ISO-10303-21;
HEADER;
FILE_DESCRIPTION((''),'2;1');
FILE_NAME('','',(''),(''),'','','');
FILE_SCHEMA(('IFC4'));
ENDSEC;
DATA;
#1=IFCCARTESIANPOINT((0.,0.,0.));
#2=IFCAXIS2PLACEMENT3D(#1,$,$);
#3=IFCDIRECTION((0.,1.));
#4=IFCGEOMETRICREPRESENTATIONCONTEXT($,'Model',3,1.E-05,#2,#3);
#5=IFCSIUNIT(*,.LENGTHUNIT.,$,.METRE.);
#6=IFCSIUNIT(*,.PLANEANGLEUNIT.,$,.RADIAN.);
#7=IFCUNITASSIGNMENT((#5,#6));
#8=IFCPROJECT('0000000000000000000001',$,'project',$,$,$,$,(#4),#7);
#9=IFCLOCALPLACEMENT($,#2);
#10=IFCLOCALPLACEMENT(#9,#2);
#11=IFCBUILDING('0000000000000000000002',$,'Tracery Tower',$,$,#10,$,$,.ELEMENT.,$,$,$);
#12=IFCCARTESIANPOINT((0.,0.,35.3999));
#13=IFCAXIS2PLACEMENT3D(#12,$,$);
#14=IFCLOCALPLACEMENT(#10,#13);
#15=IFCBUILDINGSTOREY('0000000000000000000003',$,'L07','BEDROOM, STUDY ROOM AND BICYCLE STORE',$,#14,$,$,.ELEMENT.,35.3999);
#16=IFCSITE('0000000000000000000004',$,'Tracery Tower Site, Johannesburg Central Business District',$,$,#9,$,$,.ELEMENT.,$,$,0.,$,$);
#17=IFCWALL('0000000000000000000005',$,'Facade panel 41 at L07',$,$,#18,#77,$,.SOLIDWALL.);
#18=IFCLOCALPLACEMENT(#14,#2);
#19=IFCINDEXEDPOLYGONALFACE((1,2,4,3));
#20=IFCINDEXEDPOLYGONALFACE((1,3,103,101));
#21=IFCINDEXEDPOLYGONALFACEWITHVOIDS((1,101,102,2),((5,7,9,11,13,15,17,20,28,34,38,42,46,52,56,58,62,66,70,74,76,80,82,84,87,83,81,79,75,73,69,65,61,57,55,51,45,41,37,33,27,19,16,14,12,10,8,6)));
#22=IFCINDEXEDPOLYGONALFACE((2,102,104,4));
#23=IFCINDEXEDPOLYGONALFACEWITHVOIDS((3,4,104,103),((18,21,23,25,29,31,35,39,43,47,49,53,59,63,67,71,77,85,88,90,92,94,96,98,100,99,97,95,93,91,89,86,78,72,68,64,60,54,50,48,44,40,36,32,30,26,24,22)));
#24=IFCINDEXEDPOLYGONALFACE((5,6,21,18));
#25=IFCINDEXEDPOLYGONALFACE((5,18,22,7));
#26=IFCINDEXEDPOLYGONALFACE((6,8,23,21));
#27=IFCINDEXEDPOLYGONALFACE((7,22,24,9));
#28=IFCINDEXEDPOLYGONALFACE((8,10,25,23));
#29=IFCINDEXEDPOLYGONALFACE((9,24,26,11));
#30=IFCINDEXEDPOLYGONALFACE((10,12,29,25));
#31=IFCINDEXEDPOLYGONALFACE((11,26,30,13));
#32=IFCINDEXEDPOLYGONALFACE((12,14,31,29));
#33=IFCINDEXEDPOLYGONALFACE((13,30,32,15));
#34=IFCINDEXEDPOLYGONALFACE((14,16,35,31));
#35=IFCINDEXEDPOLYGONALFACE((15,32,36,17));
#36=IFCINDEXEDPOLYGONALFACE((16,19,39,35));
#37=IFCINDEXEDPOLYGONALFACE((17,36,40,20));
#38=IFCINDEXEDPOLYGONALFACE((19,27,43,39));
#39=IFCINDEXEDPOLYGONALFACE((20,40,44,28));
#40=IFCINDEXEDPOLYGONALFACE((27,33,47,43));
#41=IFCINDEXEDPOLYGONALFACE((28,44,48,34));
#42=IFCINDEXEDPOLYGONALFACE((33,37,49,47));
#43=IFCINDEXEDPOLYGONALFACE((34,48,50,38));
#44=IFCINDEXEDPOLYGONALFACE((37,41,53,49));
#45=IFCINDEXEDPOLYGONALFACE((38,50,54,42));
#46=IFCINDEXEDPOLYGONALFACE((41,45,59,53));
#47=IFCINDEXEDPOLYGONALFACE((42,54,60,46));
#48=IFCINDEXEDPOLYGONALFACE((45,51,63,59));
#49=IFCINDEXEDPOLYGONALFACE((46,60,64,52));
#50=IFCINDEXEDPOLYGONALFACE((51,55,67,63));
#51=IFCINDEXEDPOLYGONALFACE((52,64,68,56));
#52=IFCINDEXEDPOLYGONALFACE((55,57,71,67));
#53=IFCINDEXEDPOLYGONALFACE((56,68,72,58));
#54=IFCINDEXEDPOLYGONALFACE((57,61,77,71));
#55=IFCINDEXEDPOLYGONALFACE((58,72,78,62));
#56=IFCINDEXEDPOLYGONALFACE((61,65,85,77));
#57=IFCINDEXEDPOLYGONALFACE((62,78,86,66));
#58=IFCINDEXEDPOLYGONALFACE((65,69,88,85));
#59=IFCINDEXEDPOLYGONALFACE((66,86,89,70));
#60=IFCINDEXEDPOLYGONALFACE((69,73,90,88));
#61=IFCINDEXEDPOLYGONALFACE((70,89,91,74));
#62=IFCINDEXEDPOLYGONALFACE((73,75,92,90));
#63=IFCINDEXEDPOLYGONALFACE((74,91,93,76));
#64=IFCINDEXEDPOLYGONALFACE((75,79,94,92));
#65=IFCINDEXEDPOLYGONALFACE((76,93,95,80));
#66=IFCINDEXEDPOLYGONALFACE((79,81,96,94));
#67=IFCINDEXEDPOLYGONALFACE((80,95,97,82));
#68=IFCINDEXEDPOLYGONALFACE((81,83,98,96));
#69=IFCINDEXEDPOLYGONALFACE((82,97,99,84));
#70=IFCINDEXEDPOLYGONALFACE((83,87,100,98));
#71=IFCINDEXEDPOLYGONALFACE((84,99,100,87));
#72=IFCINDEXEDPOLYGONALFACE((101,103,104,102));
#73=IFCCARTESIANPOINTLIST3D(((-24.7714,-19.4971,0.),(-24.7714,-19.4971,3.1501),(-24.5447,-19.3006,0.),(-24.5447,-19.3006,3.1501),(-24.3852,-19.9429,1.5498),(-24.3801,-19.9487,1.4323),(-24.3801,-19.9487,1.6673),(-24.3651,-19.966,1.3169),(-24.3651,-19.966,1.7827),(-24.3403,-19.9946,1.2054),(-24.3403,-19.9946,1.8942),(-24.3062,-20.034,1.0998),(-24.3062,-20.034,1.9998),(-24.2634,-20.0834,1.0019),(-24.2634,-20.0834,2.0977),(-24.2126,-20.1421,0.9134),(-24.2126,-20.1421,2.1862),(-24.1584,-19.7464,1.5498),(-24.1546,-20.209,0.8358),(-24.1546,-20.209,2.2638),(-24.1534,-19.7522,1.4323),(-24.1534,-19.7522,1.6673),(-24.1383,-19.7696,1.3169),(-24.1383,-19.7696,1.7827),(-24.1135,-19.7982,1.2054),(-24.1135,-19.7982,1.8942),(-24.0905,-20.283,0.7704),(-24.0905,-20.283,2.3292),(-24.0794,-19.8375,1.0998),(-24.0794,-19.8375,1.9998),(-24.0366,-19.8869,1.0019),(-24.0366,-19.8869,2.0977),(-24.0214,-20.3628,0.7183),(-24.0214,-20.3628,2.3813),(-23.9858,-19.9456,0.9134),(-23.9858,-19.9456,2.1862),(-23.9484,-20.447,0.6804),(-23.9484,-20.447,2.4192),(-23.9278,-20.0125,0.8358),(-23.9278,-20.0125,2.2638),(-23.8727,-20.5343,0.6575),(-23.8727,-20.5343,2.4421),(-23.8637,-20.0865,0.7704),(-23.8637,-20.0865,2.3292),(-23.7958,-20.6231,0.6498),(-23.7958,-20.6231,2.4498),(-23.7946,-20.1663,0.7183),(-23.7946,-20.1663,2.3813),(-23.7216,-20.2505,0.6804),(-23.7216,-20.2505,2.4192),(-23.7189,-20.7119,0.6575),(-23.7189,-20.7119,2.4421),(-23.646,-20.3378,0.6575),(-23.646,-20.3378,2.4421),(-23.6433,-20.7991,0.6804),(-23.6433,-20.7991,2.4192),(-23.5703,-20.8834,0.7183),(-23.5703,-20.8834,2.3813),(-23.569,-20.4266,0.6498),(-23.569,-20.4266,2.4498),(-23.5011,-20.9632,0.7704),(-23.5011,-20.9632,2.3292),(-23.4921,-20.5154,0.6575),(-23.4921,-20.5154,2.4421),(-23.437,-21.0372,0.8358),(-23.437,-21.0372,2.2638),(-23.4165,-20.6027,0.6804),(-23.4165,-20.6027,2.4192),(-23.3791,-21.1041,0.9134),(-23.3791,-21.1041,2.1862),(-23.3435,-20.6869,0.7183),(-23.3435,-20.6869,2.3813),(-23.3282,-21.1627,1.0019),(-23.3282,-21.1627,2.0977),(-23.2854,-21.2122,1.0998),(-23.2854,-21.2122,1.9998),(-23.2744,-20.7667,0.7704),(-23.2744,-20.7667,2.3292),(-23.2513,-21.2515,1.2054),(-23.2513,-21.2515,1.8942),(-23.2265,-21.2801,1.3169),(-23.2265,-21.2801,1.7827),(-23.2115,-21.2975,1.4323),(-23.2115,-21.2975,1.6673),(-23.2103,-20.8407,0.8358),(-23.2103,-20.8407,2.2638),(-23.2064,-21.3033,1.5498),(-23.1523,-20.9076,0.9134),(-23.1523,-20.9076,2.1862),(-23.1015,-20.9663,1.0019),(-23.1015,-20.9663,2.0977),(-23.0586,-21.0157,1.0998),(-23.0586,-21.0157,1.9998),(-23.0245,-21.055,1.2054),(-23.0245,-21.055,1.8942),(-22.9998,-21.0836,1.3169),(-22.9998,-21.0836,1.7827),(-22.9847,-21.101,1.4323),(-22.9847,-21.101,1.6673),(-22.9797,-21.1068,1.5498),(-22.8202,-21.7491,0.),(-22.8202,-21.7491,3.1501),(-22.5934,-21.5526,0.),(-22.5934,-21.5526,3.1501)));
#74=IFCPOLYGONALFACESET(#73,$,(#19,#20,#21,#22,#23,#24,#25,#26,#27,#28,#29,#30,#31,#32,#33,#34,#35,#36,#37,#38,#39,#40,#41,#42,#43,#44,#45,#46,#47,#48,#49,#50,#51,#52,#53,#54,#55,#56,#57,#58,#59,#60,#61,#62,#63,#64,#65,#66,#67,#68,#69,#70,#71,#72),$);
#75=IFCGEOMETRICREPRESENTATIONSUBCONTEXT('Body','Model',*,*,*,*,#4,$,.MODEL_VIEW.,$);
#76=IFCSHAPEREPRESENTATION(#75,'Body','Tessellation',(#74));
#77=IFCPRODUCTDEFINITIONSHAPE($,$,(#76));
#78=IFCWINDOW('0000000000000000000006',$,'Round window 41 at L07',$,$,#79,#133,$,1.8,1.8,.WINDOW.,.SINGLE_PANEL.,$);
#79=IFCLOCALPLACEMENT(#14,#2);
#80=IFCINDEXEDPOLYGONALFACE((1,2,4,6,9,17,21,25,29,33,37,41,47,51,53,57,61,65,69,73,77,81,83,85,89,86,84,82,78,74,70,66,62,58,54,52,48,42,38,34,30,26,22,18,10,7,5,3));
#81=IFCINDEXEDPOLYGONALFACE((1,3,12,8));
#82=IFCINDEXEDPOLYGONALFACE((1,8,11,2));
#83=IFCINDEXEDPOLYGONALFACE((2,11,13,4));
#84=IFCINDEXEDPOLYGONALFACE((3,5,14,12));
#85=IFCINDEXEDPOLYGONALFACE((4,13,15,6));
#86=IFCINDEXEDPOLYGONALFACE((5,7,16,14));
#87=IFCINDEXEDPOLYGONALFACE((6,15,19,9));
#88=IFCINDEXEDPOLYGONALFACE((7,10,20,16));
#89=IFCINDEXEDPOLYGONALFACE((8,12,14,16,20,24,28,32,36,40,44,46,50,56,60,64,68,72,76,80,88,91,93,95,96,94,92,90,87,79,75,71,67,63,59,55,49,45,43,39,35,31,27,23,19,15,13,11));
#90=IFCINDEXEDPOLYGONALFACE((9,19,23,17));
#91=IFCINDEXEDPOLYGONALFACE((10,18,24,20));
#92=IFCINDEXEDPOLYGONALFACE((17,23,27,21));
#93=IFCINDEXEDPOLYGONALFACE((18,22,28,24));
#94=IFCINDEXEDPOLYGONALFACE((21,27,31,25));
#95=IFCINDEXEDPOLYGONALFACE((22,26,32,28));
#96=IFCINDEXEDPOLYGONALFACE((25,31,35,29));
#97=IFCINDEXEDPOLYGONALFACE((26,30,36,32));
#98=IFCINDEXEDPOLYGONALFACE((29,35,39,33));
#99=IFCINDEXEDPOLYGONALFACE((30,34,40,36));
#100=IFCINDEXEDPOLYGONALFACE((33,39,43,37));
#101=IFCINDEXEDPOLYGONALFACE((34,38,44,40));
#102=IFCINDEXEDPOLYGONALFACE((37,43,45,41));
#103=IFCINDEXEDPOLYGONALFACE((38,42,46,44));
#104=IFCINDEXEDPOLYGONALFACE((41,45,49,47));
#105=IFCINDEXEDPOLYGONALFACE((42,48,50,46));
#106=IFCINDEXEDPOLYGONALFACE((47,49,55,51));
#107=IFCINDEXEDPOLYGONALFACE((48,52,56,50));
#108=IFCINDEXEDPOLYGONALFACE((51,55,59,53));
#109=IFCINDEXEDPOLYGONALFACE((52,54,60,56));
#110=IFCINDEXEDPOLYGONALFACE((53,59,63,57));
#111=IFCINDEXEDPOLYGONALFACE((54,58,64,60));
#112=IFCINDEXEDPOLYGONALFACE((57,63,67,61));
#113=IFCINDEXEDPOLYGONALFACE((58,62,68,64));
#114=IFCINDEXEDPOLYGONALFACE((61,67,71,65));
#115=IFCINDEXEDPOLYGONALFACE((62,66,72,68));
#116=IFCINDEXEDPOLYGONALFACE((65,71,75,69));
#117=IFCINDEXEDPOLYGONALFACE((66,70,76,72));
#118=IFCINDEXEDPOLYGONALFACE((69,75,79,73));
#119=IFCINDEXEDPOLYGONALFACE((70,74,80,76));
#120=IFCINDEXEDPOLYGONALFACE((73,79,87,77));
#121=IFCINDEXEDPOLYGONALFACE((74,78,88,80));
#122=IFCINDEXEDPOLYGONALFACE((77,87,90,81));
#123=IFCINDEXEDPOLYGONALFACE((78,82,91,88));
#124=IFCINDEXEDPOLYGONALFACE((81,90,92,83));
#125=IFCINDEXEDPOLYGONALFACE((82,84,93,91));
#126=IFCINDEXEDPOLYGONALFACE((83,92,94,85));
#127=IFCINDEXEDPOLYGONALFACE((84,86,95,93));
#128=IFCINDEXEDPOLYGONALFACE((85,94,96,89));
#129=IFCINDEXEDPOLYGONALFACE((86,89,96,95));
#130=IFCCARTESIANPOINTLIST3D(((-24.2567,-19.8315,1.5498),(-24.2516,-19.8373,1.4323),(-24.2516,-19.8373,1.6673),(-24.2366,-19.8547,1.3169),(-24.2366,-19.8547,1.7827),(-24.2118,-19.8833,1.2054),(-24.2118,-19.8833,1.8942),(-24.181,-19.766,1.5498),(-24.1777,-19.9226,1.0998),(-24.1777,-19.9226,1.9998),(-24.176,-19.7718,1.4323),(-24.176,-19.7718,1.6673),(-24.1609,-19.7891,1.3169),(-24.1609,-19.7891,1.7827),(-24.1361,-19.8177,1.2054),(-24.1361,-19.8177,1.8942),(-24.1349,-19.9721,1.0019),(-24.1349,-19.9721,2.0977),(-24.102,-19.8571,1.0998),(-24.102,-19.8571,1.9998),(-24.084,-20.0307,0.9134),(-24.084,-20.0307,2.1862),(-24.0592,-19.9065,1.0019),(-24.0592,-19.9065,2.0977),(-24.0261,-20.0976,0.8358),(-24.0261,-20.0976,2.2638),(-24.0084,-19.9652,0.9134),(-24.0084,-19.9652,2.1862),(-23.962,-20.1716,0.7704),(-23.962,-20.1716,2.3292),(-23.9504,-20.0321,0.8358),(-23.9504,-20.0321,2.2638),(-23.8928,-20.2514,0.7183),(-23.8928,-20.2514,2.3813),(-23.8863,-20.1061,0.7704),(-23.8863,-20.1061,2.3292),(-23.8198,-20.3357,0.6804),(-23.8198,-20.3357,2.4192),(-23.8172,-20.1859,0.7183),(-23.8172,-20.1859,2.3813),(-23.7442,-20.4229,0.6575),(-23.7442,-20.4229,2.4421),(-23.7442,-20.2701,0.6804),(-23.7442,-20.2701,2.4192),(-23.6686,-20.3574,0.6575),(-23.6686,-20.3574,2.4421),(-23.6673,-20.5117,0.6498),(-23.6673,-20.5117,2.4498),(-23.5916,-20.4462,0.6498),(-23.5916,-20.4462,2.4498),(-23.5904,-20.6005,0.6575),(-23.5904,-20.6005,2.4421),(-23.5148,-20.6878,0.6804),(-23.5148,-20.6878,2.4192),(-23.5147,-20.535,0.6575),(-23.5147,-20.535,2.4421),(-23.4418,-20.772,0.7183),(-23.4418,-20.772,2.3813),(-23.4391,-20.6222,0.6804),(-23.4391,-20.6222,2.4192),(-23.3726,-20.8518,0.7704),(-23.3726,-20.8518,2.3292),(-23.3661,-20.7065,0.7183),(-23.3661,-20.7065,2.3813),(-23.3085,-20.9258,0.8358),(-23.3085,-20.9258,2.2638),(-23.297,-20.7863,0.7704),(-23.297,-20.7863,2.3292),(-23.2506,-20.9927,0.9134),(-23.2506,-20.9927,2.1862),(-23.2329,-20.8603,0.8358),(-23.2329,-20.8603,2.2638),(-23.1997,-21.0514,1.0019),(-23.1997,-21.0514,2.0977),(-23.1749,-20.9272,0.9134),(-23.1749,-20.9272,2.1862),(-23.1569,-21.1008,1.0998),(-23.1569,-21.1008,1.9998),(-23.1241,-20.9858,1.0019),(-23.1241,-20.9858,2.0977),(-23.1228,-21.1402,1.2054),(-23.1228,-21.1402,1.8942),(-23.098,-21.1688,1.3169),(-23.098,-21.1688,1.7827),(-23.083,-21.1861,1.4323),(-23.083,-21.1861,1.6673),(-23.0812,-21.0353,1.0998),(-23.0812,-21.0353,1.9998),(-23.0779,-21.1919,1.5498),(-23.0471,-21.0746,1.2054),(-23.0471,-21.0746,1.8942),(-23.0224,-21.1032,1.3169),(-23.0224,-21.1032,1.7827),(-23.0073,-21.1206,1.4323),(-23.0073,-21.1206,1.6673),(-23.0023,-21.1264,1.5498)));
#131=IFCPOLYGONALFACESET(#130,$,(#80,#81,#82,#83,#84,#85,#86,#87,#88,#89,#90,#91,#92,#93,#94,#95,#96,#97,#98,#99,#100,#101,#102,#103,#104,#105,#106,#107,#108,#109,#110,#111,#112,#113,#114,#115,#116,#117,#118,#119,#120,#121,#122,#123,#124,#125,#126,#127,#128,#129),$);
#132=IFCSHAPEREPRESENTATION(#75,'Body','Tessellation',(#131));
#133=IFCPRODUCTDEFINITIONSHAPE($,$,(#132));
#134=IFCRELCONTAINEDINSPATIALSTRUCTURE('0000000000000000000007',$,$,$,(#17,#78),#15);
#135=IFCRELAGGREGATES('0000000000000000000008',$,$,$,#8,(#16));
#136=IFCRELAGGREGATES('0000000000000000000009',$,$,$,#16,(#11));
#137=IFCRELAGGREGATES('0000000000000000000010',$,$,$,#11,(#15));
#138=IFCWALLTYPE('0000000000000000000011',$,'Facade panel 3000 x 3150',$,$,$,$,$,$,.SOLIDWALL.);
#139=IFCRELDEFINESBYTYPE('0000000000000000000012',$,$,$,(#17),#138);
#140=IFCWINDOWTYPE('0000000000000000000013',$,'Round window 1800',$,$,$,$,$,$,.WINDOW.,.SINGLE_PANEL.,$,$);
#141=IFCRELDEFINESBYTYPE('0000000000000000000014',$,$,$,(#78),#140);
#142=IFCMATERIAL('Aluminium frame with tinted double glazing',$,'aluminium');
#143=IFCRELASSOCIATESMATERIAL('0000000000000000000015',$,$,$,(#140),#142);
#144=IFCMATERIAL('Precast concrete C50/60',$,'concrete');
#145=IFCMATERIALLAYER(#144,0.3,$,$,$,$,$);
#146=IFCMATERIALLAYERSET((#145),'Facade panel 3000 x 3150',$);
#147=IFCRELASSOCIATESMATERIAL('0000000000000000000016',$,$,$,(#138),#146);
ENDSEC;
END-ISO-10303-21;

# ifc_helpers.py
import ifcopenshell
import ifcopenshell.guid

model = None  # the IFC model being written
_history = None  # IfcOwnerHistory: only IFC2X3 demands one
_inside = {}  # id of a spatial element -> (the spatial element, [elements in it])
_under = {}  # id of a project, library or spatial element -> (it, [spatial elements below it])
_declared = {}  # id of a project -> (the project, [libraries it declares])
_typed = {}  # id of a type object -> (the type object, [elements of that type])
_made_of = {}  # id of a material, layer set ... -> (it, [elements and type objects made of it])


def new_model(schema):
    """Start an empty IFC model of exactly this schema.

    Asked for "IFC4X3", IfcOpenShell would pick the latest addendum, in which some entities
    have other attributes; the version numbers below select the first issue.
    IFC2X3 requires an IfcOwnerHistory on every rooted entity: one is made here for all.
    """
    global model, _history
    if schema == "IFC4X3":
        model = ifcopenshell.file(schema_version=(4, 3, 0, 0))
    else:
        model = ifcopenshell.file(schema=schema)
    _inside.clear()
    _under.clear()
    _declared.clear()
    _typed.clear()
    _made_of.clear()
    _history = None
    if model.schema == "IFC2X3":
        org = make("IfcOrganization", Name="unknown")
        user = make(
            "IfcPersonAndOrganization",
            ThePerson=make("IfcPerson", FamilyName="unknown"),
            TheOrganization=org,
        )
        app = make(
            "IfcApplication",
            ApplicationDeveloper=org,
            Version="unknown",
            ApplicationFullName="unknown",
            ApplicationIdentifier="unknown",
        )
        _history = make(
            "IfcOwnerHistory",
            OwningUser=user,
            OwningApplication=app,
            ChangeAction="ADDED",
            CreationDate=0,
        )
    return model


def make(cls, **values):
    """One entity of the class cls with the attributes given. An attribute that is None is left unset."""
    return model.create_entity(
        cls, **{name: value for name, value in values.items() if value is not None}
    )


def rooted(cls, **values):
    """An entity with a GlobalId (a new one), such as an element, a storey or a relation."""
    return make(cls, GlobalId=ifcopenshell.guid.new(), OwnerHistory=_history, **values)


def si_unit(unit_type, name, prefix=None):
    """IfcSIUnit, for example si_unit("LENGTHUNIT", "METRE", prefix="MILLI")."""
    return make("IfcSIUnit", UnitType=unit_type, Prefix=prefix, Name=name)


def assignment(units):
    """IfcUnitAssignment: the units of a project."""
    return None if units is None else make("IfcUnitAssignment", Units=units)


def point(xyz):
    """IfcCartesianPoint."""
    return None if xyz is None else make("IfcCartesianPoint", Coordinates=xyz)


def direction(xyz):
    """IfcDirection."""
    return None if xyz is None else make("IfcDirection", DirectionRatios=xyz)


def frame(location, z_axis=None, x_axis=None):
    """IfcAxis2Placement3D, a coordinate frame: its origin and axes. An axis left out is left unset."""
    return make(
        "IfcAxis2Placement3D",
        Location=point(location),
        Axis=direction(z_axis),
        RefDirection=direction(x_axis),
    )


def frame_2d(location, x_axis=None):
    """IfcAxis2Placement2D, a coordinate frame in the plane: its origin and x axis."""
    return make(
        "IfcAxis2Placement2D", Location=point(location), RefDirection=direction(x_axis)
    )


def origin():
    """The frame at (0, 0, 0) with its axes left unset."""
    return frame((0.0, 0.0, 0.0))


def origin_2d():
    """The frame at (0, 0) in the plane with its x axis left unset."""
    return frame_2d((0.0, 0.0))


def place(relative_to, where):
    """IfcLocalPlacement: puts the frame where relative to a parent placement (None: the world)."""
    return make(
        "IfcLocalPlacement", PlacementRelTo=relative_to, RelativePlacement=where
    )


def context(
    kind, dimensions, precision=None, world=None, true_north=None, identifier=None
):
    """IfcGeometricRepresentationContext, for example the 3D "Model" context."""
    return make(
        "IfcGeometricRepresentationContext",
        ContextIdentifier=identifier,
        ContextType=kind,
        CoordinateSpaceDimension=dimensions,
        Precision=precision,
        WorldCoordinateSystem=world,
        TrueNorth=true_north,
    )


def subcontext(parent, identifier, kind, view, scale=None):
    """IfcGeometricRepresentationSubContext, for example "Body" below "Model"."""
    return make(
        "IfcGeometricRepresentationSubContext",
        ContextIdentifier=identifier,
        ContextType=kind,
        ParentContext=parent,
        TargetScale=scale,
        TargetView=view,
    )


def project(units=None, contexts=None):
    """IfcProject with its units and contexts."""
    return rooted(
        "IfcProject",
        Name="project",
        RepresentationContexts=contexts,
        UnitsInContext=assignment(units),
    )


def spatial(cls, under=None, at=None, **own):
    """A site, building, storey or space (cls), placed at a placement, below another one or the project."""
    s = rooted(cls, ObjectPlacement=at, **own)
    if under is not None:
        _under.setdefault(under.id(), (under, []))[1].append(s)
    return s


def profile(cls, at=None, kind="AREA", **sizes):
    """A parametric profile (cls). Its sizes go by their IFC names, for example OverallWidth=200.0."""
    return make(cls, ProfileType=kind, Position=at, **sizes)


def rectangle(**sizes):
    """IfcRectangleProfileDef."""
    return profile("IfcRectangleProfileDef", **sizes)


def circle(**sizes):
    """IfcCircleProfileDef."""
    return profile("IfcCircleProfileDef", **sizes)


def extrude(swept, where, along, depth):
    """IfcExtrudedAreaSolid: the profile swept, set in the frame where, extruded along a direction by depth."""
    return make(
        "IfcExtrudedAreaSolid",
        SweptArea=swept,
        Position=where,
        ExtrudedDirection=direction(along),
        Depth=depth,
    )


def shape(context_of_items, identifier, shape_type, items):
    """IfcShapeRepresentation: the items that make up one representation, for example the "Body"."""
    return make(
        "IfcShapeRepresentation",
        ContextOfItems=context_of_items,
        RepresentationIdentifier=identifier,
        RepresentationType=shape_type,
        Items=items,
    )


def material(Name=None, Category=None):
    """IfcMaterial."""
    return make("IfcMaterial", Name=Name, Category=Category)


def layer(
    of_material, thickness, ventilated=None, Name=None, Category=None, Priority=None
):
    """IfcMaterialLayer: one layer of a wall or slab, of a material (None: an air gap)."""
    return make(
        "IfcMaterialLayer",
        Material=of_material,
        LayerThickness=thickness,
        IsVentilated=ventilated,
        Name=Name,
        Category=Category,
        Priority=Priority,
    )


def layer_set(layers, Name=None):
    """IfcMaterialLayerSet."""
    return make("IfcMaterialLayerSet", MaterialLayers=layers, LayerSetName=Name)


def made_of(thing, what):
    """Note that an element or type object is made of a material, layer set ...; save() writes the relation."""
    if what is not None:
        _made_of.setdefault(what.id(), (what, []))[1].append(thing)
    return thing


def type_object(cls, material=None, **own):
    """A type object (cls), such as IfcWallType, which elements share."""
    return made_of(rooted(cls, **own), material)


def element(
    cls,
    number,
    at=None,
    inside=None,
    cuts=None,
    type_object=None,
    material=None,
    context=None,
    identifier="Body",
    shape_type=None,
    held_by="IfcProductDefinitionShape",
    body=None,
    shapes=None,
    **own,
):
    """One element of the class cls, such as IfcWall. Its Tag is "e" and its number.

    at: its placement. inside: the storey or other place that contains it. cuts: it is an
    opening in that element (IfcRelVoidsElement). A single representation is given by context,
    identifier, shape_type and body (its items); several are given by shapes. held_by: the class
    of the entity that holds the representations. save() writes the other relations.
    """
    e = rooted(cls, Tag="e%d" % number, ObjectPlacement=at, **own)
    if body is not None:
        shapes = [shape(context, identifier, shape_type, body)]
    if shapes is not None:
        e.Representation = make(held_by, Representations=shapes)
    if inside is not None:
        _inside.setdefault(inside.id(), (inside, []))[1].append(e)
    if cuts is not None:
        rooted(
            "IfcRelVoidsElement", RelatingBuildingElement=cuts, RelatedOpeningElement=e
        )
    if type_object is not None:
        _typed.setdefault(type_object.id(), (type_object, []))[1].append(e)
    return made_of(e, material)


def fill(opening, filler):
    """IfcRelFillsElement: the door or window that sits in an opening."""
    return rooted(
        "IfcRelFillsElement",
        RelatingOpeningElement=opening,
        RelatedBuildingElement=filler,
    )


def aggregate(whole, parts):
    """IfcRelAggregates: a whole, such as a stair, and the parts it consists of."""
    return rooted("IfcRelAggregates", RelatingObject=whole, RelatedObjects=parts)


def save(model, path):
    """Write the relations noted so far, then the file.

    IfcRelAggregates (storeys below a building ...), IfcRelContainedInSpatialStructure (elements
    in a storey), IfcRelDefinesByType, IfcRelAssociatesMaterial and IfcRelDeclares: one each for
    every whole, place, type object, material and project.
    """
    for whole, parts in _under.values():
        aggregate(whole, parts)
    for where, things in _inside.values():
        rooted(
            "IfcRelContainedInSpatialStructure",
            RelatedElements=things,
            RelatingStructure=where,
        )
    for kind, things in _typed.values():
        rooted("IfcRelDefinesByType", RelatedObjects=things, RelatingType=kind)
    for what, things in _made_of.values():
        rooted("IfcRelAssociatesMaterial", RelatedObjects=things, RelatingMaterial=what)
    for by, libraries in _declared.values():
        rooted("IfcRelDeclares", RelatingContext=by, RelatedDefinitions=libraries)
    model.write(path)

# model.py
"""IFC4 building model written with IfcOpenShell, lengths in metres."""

from ifc_helpers import new_model, si_unit, direction, frame, frame_2d, origin, origin_2d, place, context, subcontext, project, spatial, rectangle, circle, extrude, material, layer, layer_set, type_object, element, fill, save


model = new_model("IFC4")

# Units and contexts
model_context = context("Model", 3, precision=1e-05, world=origin(), true_north=direction((0.0, 1.0)))
body_context = subcontext(model_context, "Body", "Model", "MODEL_VIEW")
ifc_project = project(units=[si_unit("LENGTHUNIT", "METRE"), si_unit("PLANEANGLEUNIT", "RADIAN")], contexts=[model_context])

# Site, building, storey
site_placement = place(None, origin())
site = spatial("IfcSite", under=ifc_project, at=site_placement, Name="Tracery Tower Site, Johannesburg Central Business District", CompositionType="ELEMENT", RefElevation=0.0)
building_placement = place(site_placement, origin())
building = spatial("IfcBuilding", under=site, at=building_placement, Name="Tracery Tower", CompositionType="ELEMENT")
storey_placement = place(building_placement, frame((0.0, 0.0, 35.3999)))
storey = spatial("IfcBuildingStorey", under=building, at=storey_placement, Name="L07", Description="BEDROOM, STUDY ROOM AND BICYCLE STORE", CompositionType="ELEMENT", Elevation=35.3999)

# Wall, opening, window
ifc_material_1 = material(Name="Aluminium frame with tinted double glazing", Category="aluminium")
window_type = type_object("IfcWindowType", Name="Round window 1800", PartitioningType="SINGLE_PANEL", PredefinedType="WINDOW", material=ifc_material_1)
ifc_material_2 = material(Name="Precast concrete C50/60", Category="concrete")
ifc_layer_1 = layer(ifc_material_2, 0.3)
ifc_layer_set_1 = layer_set([ifc_layer_1], Name="Facade panel 3000 x 3150")
wall_type_1 = type_object("IfcWallType", Name="Facade panel 3000 x 3150", PredefinedType="SOLIDWALL", material=ifc_layer_set_1)
wall_1_placement = place(storey_placement, frame((-24.658, -19.3989, 0.0), z_axis=(0.0, 0.0, 1.0), x_axis=(0.654831, -0.755776, 0.0)))
wall_1 = element("IfcWall", 1, at=wall_1_placement, inside=storey, type_object=wall_type_1, Name="Facade panel 41 at L07", PredefinedType="SOLIDWALL", context=body_context, shape_type="SweptSolid", body=[
    extrude(rectangle(XDim=2.9797, YDim=0.3, at=frame_2d((1.4897, 0.0))), origin(), (0.0, 0.0, 1.0), 3.1501),
])
opening_1_placement = place(wall_1_placement, frame((1.4897, 0.0, 1.5498)))
opening_1 = element("IfcOpeningElement", 2, at=opening_1_placement, cuts=wall_1, PredefinedType="OPENING", context=body_context, shape_type="SweptSolid", body=[
    extrude(circle(Radius=0.9, at=origin_2d()), frame((0.0, 0.1599, 0.0), z_axis=(0.0, -1.0, 0.0), x_axis=(1.0, 0.0, 0.0)), (0.0, 0.0, 1.0), 0.3201),
])
window_1_placement = place(opening_1_placement, origin())
window_1 = element("IfcWindow", 3, at=window_1_placement, inside=storey, type_object=window_type, Name="Round window 41 at L07", OverallHeight=1.8, OverallWidth=1.8, PartitioningType="SINGLE_PANEL", PredefinedType="WINDOW", context=body_context, shape_type="SweptSolid", body=[
    extrude(circle(Radius=0.9, at=origin_2d()), frame((0.0, 0.1201, 0.0), z_axis=(0.0, -1.0, 0.0), x_axis=(1.0, 0.0, 0.0)), (0.0, 0.0, 1.0), 0.1001),
])
fill(opening_1, window_1)

save(model, "model.ifc")
